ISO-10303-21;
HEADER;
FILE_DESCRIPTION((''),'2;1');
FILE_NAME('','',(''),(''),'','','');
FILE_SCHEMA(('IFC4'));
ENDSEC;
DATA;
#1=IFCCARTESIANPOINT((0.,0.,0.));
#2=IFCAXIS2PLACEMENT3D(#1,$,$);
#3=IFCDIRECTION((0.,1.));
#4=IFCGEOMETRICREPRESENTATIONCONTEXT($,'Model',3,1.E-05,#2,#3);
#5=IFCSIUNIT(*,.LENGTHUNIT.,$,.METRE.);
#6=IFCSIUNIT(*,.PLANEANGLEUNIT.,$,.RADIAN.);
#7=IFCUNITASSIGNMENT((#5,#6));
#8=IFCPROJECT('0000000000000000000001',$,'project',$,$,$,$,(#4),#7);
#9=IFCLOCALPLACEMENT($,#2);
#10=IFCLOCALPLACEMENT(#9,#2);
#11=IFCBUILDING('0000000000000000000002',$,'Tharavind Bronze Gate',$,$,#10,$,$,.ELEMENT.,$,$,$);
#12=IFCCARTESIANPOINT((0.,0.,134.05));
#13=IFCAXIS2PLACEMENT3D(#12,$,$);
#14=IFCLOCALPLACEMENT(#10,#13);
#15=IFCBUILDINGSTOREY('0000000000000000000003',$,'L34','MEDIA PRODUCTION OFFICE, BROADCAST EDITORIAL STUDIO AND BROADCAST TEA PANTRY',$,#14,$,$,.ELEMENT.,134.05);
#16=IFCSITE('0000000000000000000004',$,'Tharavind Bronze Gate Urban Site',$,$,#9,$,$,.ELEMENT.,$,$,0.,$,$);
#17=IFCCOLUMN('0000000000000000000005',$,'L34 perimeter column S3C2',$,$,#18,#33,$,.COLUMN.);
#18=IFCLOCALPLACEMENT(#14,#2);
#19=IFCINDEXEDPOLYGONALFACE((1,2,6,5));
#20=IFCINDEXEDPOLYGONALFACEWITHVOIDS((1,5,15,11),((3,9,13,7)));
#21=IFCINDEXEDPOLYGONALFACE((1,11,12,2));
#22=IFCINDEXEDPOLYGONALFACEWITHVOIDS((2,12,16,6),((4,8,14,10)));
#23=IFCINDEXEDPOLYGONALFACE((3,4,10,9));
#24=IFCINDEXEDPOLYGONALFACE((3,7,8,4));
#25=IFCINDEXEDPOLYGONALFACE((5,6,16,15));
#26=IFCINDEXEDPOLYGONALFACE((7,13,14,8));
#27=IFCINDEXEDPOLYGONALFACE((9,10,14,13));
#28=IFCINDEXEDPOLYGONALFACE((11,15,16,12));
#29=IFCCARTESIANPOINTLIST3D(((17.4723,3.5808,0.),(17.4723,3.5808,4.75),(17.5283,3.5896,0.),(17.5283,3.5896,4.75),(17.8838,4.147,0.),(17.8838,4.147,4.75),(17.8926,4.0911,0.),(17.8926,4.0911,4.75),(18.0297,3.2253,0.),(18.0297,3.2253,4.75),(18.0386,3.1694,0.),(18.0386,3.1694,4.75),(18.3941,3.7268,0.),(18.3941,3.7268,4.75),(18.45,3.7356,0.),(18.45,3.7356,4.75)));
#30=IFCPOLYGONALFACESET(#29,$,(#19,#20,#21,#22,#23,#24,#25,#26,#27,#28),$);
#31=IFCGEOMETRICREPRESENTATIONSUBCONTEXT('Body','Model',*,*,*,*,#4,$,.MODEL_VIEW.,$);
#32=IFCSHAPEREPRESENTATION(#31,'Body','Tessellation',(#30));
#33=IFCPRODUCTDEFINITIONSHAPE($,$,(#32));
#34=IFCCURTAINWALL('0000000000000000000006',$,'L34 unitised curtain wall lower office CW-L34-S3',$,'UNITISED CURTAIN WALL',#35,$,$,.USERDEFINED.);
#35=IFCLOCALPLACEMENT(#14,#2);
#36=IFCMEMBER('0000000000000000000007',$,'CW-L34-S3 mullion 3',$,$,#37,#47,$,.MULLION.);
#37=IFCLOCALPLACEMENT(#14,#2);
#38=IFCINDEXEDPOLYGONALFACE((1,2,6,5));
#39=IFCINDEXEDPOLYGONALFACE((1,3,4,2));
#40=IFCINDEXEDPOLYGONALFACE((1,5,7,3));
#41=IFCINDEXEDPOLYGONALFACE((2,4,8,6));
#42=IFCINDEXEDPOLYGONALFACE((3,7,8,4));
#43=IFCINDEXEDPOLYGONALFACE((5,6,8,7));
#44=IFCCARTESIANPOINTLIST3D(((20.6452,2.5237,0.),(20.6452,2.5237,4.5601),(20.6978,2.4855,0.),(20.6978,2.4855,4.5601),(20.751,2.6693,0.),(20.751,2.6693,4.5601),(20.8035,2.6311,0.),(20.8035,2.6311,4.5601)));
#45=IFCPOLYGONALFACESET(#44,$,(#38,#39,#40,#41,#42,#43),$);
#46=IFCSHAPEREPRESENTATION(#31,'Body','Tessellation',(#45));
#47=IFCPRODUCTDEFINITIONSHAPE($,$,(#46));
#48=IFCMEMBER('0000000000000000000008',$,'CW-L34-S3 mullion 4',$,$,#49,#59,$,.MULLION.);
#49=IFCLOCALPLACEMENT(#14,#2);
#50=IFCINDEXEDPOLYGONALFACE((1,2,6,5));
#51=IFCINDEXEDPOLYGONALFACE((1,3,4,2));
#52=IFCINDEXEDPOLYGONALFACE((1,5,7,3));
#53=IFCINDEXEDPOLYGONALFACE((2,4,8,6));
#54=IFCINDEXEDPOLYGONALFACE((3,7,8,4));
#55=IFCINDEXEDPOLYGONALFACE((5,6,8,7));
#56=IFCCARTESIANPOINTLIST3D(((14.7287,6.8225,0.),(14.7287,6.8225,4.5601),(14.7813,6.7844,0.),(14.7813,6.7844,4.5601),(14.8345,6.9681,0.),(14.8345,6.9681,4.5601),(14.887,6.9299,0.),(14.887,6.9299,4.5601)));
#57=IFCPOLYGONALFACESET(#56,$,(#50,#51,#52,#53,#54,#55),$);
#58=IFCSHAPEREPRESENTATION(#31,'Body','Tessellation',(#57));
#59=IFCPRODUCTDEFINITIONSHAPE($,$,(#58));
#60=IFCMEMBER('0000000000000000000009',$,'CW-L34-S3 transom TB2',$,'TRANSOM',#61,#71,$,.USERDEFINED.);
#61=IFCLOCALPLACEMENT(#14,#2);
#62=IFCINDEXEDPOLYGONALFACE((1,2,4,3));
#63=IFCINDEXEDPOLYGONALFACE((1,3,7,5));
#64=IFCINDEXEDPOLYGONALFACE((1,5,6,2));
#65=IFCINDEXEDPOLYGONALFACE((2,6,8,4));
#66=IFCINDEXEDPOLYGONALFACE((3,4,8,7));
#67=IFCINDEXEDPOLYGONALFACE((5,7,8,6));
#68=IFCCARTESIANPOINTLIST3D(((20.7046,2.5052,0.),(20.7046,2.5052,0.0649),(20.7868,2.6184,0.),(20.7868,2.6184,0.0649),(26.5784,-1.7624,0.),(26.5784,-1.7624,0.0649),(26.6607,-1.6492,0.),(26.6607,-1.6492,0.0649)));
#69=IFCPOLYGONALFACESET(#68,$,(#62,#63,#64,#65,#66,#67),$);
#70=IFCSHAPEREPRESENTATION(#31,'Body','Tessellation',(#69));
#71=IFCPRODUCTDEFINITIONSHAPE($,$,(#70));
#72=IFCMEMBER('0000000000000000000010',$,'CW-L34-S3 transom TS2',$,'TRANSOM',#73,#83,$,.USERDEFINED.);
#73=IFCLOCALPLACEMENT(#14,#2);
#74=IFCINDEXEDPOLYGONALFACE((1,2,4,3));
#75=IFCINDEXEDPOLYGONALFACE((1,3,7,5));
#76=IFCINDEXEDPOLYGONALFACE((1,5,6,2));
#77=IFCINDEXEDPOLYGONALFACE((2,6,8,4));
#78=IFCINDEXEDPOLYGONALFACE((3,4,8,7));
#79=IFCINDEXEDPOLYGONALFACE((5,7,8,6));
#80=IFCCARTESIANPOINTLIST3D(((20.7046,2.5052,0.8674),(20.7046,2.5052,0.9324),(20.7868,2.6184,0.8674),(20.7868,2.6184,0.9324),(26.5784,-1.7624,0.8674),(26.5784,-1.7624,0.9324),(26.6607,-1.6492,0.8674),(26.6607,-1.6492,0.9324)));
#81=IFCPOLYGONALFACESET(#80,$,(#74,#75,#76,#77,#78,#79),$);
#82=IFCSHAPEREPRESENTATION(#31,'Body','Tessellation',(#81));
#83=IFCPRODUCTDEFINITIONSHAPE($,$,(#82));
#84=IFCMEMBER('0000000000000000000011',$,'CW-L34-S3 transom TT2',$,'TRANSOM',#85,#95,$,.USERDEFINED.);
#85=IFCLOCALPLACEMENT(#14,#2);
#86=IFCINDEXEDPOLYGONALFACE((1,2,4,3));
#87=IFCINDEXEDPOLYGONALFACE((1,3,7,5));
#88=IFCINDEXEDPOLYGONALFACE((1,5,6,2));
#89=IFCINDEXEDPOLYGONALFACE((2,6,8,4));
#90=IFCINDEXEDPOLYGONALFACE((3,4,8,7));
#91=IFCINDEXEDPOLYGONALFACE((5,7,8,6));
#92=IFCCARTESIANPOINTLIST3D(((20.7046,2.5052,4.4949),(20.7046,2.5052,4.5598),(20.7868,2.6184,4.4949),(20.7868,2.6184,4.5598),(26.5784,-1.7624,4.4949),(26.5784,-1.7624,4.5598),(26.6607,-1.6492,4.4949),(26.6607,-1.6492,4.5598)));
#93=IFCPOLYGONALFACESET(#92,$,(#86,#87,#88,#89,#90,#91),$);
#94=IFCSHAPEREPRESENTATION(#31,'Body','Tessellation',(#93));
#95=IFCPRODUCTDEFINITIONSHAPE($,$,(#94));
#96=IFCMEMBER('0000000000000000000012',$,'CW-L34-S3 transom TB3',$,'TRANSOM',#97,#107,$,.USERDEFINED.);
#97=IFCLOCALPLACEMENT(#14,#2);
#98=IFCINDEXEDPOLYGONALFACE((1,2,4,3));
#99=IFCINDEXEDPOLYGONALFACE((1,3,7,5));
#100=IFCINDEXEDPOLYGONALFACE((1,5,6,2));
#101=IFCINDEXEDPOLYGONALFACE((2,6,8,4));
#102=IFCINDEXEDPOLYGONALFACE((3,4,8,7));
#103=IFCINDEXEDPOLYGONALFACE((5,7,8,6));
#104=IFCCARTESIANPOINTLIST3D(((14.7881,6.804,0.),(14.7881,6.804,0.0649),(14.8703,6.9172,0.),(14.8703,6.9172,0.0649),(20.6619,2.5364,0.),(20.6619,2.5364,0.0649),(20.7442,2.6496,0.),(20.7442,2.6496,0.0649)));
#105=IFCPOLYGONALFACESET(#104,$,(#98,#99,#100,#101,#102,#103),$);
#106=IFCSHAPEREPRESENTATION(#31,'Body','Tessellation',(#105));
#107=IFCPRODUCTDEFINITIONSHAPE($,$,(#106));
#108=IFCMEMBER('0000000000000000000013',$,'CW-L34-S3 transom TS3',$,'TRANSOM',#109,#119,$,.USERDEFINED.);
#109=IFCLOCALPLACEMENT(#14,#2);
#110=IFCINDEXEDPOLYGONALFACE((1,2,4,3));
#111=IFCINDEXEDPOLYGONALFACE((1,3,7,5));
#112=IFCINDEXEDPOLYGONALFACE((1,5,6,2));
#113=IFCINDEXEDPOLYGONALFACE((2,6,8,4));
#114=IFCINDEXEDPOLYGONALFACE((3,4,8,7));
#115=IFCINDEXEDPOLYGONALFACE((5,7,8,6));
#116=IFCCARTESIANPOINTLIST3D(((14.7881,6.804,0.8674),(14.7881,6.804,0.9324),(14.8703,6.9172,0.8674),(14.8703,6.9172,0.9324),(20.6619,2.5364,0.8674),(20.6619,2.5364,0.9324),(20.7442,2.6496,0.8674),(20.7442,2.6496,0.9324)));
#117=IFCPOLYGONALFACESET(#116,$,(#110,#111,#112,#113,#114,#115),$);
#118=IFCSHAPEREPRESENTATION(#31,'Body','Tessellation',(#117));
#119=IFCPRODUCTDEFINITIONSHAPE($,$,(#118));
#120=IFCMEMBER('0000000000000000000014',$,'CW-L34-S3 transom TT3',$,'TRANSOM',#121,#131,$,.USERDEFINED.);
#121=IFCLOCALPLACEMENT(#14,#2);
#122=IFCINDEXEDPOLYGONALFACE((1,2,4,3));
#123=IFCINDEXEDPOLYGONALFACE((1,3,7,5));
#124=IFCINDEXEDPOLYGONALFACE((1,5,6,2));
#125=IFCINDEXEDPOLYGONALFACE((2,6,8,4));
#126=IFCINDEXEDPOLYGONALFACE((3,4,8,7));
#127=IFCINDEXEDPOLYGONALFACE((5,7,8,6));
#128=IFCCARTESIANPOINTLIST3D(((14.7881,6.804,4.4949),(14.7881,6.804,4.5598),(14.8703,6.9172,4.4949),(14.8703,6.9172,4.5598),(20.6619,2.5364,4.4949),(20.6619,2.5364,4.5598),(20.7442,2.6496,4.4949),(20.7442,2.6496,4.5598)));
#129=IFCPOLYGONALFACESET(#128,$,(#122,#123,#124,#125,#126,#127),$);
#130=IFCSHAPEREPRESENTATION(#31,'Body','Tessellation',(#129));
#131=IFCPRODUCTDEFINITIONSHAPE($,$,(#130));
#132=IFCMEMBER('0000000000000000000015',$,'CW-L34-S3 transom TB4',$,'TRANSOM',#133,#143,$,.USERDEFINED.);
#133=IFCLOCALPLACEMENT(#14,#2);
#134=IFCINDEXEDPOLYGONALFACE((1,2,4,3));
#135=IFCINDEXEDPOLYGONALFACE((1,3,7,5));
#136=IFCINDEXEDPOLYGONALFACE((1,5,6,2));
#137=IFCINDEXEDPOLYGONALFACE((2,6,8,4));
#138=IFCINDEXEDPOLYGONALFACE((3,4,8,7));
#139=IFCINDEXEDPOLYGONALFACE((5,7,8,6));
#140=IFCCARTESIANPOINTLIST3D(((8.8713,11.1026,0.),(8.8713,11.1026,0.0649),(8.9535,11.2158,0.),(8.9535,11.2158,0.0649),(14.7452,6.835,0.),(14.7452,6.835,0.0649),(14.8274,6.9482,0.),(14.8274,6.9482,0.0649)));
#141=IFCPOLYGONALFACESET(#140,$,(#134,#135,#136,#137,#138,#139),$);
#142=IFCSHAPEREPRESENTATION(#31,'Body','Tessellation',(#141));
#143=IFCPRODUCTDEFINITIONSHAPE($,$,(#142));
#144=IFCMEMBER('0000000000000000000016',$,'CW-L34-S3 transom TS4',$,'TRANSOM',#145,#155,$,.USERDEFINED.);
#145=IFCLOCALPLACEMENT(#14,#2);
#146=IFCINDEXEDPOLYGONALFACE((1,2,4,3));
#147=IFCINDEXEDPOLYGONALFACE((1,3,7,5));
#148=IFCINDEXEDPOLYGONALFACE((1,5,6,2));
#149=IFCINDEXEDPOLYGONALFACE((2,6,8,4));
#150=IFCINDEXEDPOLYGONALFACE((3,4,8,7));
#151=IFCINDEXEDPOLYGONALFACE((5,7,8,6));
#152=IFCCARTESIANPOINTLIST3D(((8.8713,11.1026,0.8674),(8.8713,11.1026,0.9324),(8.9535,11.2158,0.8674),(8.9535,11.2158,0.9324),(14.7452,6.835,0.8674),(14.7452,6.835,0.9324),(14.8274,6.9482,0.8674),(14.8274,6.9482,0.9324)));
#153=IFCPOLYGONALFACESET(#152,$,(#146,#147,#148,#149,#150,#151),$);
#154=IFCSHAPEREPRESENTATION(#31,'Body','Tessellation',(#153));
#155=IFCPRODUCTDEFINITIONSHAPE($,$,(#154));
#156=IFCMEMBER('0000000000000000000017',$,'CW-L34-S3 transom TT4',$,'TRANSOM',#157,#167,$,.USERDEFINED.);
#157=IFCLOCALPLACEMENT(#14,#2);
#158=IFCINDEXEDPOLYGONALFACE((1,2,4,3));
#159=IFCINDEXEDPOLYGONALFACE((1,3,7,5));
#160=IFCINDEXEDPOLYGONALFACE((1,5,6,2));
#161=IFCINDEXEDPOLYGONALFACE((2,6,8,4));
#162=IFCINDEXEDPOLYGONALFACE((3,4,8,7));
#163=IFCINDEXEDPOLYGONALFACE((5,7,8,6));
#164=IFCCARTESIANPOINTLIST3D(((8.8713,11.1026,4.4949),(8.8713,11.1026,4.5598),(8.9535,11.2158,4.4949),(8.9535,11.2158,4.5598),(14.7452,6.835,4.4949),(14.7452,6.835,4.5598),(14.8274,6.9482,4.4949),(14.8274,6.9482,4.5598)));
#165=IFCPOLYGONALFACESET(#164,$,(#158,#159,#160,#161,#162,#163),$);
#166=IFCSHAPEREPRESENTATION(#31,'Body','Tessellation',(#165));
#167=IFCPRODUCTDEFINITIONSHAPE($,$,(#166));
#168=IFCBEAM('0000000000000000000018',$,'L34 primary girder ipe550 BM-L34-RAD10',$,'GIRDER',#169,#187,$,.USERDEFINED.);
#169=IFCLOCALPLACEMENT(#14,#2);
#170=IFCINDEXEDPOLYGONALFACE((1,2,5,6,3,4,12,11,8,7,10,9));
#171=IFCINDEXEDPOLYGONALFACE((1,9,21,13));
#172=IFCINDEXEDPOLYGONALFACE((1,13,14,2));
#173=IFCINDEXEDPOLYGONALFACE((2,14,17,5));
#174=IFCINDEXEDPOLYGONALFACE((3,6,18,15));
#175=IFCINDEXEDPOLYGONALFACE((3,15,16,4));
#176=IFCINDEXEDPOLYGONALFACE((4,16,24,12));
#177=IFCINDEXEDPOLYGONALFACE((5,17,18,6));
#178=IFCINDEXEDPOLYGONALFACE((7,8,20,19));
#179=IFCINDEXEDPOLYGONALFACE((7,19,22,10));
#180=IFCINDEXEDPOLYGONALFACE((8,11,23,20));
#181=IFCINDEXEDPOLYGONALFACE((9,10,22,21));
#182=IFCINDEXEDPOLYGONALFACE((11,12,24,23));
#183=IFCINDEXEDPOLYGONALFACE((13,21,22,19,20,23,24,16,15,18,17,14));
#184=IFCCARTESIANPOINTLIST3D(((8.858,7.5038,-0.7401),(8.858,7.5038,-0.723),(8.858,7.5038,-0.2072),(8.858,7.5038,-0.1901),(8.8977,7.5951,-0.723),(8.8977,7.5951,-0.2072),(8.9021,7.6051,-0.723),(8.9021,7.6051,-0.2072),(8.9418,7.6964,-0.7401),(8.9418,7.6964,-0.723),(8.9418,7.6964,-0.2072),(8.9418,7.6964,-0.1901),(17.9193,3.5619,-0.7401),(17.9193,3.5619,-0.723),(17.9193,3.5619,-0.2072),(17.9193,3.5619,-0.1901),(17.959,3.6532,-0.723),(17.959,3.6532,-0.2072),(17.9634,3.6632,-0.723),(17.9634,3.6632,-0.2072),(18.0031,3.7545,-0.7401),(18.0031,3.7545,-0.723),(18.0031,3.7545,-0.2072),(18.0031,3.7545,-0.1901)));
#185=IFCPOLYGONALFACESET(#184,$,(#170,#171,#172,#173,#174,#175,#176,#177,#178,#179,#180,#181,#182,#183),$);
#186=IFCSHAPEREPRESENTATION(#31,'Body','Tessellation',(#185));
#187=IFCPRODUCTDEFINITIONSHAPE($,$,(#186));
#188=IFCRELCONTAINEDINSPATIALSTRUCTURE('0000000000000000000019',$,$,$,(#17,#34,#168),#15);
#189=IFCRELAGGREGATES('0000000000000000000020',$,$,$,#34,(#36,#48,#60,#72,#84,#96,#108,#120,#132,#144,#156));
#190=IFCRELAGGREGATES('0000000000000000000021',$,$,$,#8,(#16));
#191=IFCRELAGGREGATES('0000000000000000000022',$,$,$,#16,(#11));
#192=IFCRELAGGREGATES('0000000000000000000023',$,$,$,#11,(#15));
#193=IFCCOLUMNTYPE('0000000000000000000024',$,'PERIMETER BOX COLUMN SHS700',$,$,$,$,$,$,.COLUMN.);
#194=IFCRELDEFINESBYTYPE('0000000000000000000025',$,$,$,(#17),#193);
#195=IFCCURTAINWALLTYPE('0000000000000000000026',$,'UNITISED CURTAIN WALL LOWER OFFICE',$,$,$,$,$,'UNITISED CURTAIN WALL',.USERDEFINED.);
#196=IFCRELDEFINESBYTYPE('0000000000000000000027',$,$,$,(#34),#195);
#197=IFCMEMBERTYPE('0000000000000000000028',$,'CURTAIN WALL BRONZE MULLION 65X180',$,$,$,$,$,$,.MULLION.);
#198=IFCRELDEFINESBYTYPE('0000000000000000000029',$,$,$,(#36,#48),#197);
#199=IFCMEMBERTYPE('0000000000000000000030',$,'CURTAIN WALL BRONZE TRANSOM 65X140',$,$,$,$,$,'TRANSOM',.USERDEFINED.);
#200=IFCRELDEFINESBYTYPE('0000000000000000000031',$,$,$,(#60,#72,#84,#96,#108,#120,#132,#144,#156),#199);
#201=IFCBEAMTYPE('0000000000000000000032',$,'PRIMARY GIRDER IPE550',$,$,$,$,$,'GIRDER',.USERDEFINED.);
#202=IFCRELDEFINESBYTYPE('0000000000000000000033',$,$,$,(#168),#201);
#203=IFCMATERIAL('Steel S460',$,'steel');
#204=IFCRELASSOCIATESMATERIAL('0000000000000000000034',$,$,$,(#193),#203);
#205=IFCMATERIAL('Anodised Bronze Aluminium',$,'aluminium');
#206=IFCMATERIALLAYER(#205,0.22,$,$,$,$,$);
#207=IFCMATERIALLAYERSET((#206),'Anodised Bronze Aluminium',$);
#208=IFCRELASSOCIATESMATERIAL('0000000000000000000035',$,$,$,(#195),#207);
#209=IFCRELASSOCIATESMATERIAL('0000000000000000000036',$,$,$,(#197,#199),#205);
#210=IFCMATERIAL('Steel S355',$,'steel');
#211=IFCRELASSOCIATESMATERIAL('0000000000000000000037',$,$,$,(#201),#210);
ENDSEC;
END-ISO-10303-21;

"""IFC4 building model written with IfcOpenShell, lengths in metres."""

from ifc_helpers import new_model, si_unit, direction, frame, origin, origin_2d, place, context, subcontext, project, spatial, rectangle, hollow_rectangle, i_section, extrude, material, layer, layer_set, material_profile, profile_set, type_object, element, aggregate, save


model = new_model("IFC4")

# Units and contexts
model_context = context("Model", 3, precision=1e-05, world=origin(), true_north=direction((0.0, 1.0)))
body_context = subcontext(model_context, "Body", "Model", "MODEL_VIEW")
ifc_project = project(units=[si_unit("LENGTHUNIT", "METRE"), si_unit("PLANEANGLEUNIT", "RADIAN")], contexts=[model_context])

# Site, building, storey
site_placement = place(None, origin())
site = spatial("IfcSite", under=ifc_project, at=site_placement, Name="Tharavind Bronze Gate Urban Site", CompositionType="ELEMENT", RefElevation=0.0)
building_placement = place(site_placement, origin())
building = spatial("IfcBuilding", under=site, at=building_placement, Name="Tharavind Bronze Gate", CompositionType="ELEMENT")
storey_placement = place(building_placement, frame((0.0, 0.0, 134.05)))
storey = spatial("IfcBuildingStorey", under=building, at=storey_placement, Name="L34", Description="MEDIA PRODUCTION OFFICE, BROADCAST EDITORIAL STUDIO AND BROADCAST TEA PANTRY", CompositionType="ELEMENT", Elevation=134.05)

# Column
ifc_material_1 = material(Name="Steel S460", Category="steel")
ifc_material_profile_1 = material_profile(ifc_material_1, hollow_rectangle(XDim=0.7, YDim=0.7, WallThickness=0.04, at=origin_2d()), Name="SHS700X40")
ifc_profile_set_1 = profile_set([ifc_material_profile_1], Name="Steel S460")
column_type = type_object("IfcColumnType", Name="PERIMETER BOX COLUMN SHS700", PredefinedType="COLUMN", material=ifc_profile_set_1)
column_placement = place(storey_placement, frame((17.9612, 3.6582, 0.0), z_axis=(0.0, 0.0, 1.0), x_axis=(-0.809017, 0.587785, 0.0)))
element("IfcColumn", 1, at=column_placement, inside=storey, type_object=column_type, Name="L34 perimeter column S3C2", PredefinedType="COLUMN", context=body_context, shape_type="SweptSolid", body=[
    extrude(hollow_rectangle(XDim=0.7, YDim=0.7, WallThickness=0.04, at=origin_2d()), origin(), (0.0, 0.0, 1.0), 4.75),
])

# Curtain wall, members
ifc_material_2 = material(Name="Anodised Bronze Aluminium", Category="aluminium")
ifc_layer_1 = layer(ifc_material_2, 0.22)
ifc_layer_set_1 = layer_set([ifc_layer_1], Name="Anodised Bronze Aluminium")
curtain_wall_type = type_object("IfcCurtainWallType", Name="UNITISED CURTAIN WALL LOWER OFFICE", ElementType="UNITISED CURTAIN WALL", PredefinedType="USERDEFINED", material=ifc_layer_set_1)
curtain_wall_placement = place(storey_placement, origin())
curtain_wall = element("IfcCurtainWall", 2, at=curtain_wall_placement, inside=storey, type_object=curtain_wall_type, Name="L34 unitised curtain wall lower office CW-L34-S3", ObjectType="UNITISED CURTAIN WALL", PredefinedType="USERDEFINED")
member_type_1 = type_object("IfcMemberType", Name="CURTAIN WALL BRONZE MULLION 65X180", PredefinedType="MULLION", material=ifc_material_2)
member_1_placement = place(storey_placement, frame((20.7244, 2.5774, 0.0), z_axis=(0.0, 0.0, 1.0), x_axis=(-0.809017, 0.587785, 0.0)))
member_1 = element("IfcMember", 3, at=member_1_placement, type_object=member_type_1, Name="CW-L34-S3 mullion 3", PredefinedType="MULLION", context=body_context, shape_type="SweptSolid", body=[
    extrude(rectangle(XDim=0.0649, YDim=0.1799, at=origin_2d()), origin(), (0.0, 0.0, 1.0), 4.5601),
])
member_2_placement = place(storey_placement, frame((14.8079, 6.8762, 0.0), z_axis=(0.0, 0.0, 1.0), x_axis=(-0.809017, 0.587785, 0.0)))
member_2 = element("IfcMember", 4, at=member_2_placement, type_object=member_type_1, Name="CW-L34-S3 mullion 4", PredefinedType="MULLION", context=body_context, shape_type="SweptSolid", body=[
    extrude(rectangle(XDim=0.0649, YDim=0.1799, at=origin_2d()), origin(), (0.0, 0.0, 1.0), 4.5601),
])
member_type_2 = type_object("IfcMemberType", Name="CURTAIN WALL BRONZE TRANSOM 65X140", ElementType="TRANSOM", PredefinedType="USERDEFINED", material=ifc_material_2)
member_3_placement = place(storey_placement, frame((23.6826, 0.428, 0.0), z_axis=(0.0, 0.0, 1.0), x_axis=(-0.809017, 0.587785, 0.0)))
member_3 = element("IfcMember", 5, at=member_3_placement, type_object=member_type_2, Name="CW-L34-S3 transom TB2", ObjectType="TRANSOM", PredefinedType="USERDEFINED", context=body_context, shape_type="SweptSolid", body=[
    extrude(rectangle(XDim=7.2605, YDim=0.1399, at=origin_2d()), origin(), (0.0, 0.0, 1.0), 0.0649),
])
member_4_placement = place(storey_placement, frame((23.6826, 0.428, 0.8674), z_axis=(0.0, 0.0, 1.0), x_axis=(-0.809017, 0.587785, 0.0)))
member_4 = element("IfcMember", 6, at=member_4_placement, type_object=member_type_2, Name="CW-L34-S3 transom TS2", ObjectType="TRANSOM", PredefinedType="USERDEFINED", context=body_context, shape_type="SweptSolid", body=[
    extrude(rectangle(XDim=7.2605, YDim=0.1399, at=origin_2d()), origin(), (0.0, 0.0, 1.0), 0.0649),
])
member_5_placement = place(storey_placement, frame((23.6826, 0.428, 4.4949), z_axis=(0.0, 0.0, 1.0), x_axis=(-0.809017, 0.587785, 0.0)))
member_5 = element("IfcMember", 7, at=member_5_placement, type_object=member_type_2, Name="CW-L34-S3 transom TT2", ObjectType="TRANSOM", PredefinedType="USERDEFINED", context=body_context, shape_type="SweptSolid", body=[
    extrude(rectangle(XDim=7.2605, YDim=0.1399, at=origin_2d()), origin(), (0.0, 0.0, 1.0), 0.0649),
])
member_6_placement = place(storey_placement, frame((17.7661, 4.7268, 0.0), z_axis=(0.0, 0.0, 1.0), x_axis=(-0.809017, 0.587785, 0.0)))
member_6 = element("IfcMember", 8, at=member_6_placement, type_object=member_type_2, Name="CW-L34-S3 transom TB3", ObjectType="TRANSOM", PredefinedType="USERDEFINED", context=body_context, shape_type="SweptSolid", body=[
    extrude(rectangle(XDim=7.2605, YDim=0.1399, at=origin_2d()), origin(), (0.0, 0.0, 1.0), 0.0649),
])
member_7_placement = place(storey_placement, frame((17.7661, 4.7268, 0.8674), z_axis=(0.0, 0.0, 1.0), x_axis=(-0.809017, 0.587785, 0.0)))
member_7 = element("IfcMember", 9, at=member_7_placement, type_object=member_type_2, Name="CW-L34-S3 transom TS3", ObjectType="TRANSOM", PredefinedType="USERDEFINED", context=body_context, shape_type="SweptSolid", body=[
    extrude(rectangle(XDim=7.2605, YDim=0.1399, at=origin_2d()), origin(), (0.0, 0.0, 1.0), 0.0649),
])
member_8_placement = place(storey_placement, frame((17.7661, 4.7268, 4.4949), z_axis=(0.0, 0.0, 1.0), x_axis=(-0.809017, 0.587785, 0.0)))
member_8 = element("IfcMember", 10, at=member_8_placement, type_object=member_type_2, Name="CW-L34-S3 transom TT3", ObjectType="TRANSOM", PredefinedType="USERDEFINED", context=body_context, shape_type="SweptSolid", body=[
    extrude(rectangle(XDim=7.2605, YDim=0.1399, at=origin_2d()), origin(), (0.0, 0.0, 1.0), 0.0649),
])
member_9_placement = place(storey_placement, frame((11.8494, 9.0254, 0.0), z_axis=(0.0, 0.0, 1.0), x_axis=(-0.809017, 0.587785, 0.0)))
member_9 = element("IfcMember", 11, at=member_9_placement, type_object=member_type_2, Name="CW-L34-S3 transom TB4", ObjectType="TRANSOM", PredefinedType="USERDEFINED", context=body_context, shape_type="SweptSolid", body=[
    extrude(rectangle(XDim=7.2605, YDim=0.1399, at=origin_2d()), origin(), (0.0, 0.0, 1.0), 0.0649),
])
member_10_placement = place(storey_placement, frame((11.8494, 9.0254, 0.8674), z_axis=(0.0, 0.0, 1.0), x_axis=(-0.809017, 0.587785, 0.0)))
member_10 = element("IfcMember", 12, at=member_10_placement, type_object=member_type_2, Name="CW-L34-S3 transom TS4", ObjectType="TRANSOM", PredefinedType="USERDEFINED", context=body_context, shape_type="SweptSolid", body=[
    extrude(rectangle(XDim=7.2605, YDim=0.1399, at=origin_2d()), origin(), (0.0, 0.0, 1.0), 0.0649),
])
member_11_placement = place(storey_placement, frame((11.8494, 9.0254, 4.4949), z_axis=(0.0, 0.0, 1.0), x_axis=(-0.809017, 0.587785, 0.0)))
member_11 = element("IfcMember", 13, at=member_11_placement, type_object=member_type_2, Name="CW-L34-S3 transom TT4", ObjectType="TRANSOM", PredefinedType="USERDEFINED", context=body_context, shape_type="SweptSolid", body=[
    extrude(rectangle(XDim=7.2605, YDim=0.1399, at=origin_2d()), origin(), (0.0, 0.0, 1.0), 0.0649),
])

# Beam
ifc_material_3 = material(Name="Steel S355", Category="steel")
ifc_material_profile_2 = material_profile(ifc_material_3, i_section(OverallWidth=0.21, OverallDepth=0.55, WebThickness=0.011, FlangeThickness=0.0171, at=origin_2d()), Name="IPE550")
ifc_profile_set_2 = profile_set([ifc_material_profile_2], Name="Steel S355")
beam_type_1 = type_object("IfcBeamType", Name="PRIMARY GIRDER IPE550", ElementType="GIRDER", PredefinedType="USERDEFINED", material=ifc_profile_set_2)
beam_1_placement = place(storey_placement, frame((17.9612, 3.6582, -0.4651), z_axis=(-0.916988, 0.398914, 0.0), x_axis=(-0.398914, -0.916988, 0.0)))
element("IfcBeam", 14, at=beam_1_placement, inside=storey, type_object=beam_type_1, Name="L34 primary girder ipe550 BM-L34-RAD10", ObjectType="GIRDER", PredefinedType="USERDEFINED", context=body_context, shape_type="SweptSolid", body=[
    extrude(i_section(OverallWidth=0.21, OverallDepth=0.55, WebThickness=0.011, FlangeThickness=0.0171, at=origin_2d()), origin(), (0.0, 0.0, 1.0), 9.8816),
])

aggregate(curtain_wall, [member_1, member_2, member_3, member_4, member_5, member_6, member_7, member_8, member_9, member_10, member_11])

save(model, "model.ifc")
